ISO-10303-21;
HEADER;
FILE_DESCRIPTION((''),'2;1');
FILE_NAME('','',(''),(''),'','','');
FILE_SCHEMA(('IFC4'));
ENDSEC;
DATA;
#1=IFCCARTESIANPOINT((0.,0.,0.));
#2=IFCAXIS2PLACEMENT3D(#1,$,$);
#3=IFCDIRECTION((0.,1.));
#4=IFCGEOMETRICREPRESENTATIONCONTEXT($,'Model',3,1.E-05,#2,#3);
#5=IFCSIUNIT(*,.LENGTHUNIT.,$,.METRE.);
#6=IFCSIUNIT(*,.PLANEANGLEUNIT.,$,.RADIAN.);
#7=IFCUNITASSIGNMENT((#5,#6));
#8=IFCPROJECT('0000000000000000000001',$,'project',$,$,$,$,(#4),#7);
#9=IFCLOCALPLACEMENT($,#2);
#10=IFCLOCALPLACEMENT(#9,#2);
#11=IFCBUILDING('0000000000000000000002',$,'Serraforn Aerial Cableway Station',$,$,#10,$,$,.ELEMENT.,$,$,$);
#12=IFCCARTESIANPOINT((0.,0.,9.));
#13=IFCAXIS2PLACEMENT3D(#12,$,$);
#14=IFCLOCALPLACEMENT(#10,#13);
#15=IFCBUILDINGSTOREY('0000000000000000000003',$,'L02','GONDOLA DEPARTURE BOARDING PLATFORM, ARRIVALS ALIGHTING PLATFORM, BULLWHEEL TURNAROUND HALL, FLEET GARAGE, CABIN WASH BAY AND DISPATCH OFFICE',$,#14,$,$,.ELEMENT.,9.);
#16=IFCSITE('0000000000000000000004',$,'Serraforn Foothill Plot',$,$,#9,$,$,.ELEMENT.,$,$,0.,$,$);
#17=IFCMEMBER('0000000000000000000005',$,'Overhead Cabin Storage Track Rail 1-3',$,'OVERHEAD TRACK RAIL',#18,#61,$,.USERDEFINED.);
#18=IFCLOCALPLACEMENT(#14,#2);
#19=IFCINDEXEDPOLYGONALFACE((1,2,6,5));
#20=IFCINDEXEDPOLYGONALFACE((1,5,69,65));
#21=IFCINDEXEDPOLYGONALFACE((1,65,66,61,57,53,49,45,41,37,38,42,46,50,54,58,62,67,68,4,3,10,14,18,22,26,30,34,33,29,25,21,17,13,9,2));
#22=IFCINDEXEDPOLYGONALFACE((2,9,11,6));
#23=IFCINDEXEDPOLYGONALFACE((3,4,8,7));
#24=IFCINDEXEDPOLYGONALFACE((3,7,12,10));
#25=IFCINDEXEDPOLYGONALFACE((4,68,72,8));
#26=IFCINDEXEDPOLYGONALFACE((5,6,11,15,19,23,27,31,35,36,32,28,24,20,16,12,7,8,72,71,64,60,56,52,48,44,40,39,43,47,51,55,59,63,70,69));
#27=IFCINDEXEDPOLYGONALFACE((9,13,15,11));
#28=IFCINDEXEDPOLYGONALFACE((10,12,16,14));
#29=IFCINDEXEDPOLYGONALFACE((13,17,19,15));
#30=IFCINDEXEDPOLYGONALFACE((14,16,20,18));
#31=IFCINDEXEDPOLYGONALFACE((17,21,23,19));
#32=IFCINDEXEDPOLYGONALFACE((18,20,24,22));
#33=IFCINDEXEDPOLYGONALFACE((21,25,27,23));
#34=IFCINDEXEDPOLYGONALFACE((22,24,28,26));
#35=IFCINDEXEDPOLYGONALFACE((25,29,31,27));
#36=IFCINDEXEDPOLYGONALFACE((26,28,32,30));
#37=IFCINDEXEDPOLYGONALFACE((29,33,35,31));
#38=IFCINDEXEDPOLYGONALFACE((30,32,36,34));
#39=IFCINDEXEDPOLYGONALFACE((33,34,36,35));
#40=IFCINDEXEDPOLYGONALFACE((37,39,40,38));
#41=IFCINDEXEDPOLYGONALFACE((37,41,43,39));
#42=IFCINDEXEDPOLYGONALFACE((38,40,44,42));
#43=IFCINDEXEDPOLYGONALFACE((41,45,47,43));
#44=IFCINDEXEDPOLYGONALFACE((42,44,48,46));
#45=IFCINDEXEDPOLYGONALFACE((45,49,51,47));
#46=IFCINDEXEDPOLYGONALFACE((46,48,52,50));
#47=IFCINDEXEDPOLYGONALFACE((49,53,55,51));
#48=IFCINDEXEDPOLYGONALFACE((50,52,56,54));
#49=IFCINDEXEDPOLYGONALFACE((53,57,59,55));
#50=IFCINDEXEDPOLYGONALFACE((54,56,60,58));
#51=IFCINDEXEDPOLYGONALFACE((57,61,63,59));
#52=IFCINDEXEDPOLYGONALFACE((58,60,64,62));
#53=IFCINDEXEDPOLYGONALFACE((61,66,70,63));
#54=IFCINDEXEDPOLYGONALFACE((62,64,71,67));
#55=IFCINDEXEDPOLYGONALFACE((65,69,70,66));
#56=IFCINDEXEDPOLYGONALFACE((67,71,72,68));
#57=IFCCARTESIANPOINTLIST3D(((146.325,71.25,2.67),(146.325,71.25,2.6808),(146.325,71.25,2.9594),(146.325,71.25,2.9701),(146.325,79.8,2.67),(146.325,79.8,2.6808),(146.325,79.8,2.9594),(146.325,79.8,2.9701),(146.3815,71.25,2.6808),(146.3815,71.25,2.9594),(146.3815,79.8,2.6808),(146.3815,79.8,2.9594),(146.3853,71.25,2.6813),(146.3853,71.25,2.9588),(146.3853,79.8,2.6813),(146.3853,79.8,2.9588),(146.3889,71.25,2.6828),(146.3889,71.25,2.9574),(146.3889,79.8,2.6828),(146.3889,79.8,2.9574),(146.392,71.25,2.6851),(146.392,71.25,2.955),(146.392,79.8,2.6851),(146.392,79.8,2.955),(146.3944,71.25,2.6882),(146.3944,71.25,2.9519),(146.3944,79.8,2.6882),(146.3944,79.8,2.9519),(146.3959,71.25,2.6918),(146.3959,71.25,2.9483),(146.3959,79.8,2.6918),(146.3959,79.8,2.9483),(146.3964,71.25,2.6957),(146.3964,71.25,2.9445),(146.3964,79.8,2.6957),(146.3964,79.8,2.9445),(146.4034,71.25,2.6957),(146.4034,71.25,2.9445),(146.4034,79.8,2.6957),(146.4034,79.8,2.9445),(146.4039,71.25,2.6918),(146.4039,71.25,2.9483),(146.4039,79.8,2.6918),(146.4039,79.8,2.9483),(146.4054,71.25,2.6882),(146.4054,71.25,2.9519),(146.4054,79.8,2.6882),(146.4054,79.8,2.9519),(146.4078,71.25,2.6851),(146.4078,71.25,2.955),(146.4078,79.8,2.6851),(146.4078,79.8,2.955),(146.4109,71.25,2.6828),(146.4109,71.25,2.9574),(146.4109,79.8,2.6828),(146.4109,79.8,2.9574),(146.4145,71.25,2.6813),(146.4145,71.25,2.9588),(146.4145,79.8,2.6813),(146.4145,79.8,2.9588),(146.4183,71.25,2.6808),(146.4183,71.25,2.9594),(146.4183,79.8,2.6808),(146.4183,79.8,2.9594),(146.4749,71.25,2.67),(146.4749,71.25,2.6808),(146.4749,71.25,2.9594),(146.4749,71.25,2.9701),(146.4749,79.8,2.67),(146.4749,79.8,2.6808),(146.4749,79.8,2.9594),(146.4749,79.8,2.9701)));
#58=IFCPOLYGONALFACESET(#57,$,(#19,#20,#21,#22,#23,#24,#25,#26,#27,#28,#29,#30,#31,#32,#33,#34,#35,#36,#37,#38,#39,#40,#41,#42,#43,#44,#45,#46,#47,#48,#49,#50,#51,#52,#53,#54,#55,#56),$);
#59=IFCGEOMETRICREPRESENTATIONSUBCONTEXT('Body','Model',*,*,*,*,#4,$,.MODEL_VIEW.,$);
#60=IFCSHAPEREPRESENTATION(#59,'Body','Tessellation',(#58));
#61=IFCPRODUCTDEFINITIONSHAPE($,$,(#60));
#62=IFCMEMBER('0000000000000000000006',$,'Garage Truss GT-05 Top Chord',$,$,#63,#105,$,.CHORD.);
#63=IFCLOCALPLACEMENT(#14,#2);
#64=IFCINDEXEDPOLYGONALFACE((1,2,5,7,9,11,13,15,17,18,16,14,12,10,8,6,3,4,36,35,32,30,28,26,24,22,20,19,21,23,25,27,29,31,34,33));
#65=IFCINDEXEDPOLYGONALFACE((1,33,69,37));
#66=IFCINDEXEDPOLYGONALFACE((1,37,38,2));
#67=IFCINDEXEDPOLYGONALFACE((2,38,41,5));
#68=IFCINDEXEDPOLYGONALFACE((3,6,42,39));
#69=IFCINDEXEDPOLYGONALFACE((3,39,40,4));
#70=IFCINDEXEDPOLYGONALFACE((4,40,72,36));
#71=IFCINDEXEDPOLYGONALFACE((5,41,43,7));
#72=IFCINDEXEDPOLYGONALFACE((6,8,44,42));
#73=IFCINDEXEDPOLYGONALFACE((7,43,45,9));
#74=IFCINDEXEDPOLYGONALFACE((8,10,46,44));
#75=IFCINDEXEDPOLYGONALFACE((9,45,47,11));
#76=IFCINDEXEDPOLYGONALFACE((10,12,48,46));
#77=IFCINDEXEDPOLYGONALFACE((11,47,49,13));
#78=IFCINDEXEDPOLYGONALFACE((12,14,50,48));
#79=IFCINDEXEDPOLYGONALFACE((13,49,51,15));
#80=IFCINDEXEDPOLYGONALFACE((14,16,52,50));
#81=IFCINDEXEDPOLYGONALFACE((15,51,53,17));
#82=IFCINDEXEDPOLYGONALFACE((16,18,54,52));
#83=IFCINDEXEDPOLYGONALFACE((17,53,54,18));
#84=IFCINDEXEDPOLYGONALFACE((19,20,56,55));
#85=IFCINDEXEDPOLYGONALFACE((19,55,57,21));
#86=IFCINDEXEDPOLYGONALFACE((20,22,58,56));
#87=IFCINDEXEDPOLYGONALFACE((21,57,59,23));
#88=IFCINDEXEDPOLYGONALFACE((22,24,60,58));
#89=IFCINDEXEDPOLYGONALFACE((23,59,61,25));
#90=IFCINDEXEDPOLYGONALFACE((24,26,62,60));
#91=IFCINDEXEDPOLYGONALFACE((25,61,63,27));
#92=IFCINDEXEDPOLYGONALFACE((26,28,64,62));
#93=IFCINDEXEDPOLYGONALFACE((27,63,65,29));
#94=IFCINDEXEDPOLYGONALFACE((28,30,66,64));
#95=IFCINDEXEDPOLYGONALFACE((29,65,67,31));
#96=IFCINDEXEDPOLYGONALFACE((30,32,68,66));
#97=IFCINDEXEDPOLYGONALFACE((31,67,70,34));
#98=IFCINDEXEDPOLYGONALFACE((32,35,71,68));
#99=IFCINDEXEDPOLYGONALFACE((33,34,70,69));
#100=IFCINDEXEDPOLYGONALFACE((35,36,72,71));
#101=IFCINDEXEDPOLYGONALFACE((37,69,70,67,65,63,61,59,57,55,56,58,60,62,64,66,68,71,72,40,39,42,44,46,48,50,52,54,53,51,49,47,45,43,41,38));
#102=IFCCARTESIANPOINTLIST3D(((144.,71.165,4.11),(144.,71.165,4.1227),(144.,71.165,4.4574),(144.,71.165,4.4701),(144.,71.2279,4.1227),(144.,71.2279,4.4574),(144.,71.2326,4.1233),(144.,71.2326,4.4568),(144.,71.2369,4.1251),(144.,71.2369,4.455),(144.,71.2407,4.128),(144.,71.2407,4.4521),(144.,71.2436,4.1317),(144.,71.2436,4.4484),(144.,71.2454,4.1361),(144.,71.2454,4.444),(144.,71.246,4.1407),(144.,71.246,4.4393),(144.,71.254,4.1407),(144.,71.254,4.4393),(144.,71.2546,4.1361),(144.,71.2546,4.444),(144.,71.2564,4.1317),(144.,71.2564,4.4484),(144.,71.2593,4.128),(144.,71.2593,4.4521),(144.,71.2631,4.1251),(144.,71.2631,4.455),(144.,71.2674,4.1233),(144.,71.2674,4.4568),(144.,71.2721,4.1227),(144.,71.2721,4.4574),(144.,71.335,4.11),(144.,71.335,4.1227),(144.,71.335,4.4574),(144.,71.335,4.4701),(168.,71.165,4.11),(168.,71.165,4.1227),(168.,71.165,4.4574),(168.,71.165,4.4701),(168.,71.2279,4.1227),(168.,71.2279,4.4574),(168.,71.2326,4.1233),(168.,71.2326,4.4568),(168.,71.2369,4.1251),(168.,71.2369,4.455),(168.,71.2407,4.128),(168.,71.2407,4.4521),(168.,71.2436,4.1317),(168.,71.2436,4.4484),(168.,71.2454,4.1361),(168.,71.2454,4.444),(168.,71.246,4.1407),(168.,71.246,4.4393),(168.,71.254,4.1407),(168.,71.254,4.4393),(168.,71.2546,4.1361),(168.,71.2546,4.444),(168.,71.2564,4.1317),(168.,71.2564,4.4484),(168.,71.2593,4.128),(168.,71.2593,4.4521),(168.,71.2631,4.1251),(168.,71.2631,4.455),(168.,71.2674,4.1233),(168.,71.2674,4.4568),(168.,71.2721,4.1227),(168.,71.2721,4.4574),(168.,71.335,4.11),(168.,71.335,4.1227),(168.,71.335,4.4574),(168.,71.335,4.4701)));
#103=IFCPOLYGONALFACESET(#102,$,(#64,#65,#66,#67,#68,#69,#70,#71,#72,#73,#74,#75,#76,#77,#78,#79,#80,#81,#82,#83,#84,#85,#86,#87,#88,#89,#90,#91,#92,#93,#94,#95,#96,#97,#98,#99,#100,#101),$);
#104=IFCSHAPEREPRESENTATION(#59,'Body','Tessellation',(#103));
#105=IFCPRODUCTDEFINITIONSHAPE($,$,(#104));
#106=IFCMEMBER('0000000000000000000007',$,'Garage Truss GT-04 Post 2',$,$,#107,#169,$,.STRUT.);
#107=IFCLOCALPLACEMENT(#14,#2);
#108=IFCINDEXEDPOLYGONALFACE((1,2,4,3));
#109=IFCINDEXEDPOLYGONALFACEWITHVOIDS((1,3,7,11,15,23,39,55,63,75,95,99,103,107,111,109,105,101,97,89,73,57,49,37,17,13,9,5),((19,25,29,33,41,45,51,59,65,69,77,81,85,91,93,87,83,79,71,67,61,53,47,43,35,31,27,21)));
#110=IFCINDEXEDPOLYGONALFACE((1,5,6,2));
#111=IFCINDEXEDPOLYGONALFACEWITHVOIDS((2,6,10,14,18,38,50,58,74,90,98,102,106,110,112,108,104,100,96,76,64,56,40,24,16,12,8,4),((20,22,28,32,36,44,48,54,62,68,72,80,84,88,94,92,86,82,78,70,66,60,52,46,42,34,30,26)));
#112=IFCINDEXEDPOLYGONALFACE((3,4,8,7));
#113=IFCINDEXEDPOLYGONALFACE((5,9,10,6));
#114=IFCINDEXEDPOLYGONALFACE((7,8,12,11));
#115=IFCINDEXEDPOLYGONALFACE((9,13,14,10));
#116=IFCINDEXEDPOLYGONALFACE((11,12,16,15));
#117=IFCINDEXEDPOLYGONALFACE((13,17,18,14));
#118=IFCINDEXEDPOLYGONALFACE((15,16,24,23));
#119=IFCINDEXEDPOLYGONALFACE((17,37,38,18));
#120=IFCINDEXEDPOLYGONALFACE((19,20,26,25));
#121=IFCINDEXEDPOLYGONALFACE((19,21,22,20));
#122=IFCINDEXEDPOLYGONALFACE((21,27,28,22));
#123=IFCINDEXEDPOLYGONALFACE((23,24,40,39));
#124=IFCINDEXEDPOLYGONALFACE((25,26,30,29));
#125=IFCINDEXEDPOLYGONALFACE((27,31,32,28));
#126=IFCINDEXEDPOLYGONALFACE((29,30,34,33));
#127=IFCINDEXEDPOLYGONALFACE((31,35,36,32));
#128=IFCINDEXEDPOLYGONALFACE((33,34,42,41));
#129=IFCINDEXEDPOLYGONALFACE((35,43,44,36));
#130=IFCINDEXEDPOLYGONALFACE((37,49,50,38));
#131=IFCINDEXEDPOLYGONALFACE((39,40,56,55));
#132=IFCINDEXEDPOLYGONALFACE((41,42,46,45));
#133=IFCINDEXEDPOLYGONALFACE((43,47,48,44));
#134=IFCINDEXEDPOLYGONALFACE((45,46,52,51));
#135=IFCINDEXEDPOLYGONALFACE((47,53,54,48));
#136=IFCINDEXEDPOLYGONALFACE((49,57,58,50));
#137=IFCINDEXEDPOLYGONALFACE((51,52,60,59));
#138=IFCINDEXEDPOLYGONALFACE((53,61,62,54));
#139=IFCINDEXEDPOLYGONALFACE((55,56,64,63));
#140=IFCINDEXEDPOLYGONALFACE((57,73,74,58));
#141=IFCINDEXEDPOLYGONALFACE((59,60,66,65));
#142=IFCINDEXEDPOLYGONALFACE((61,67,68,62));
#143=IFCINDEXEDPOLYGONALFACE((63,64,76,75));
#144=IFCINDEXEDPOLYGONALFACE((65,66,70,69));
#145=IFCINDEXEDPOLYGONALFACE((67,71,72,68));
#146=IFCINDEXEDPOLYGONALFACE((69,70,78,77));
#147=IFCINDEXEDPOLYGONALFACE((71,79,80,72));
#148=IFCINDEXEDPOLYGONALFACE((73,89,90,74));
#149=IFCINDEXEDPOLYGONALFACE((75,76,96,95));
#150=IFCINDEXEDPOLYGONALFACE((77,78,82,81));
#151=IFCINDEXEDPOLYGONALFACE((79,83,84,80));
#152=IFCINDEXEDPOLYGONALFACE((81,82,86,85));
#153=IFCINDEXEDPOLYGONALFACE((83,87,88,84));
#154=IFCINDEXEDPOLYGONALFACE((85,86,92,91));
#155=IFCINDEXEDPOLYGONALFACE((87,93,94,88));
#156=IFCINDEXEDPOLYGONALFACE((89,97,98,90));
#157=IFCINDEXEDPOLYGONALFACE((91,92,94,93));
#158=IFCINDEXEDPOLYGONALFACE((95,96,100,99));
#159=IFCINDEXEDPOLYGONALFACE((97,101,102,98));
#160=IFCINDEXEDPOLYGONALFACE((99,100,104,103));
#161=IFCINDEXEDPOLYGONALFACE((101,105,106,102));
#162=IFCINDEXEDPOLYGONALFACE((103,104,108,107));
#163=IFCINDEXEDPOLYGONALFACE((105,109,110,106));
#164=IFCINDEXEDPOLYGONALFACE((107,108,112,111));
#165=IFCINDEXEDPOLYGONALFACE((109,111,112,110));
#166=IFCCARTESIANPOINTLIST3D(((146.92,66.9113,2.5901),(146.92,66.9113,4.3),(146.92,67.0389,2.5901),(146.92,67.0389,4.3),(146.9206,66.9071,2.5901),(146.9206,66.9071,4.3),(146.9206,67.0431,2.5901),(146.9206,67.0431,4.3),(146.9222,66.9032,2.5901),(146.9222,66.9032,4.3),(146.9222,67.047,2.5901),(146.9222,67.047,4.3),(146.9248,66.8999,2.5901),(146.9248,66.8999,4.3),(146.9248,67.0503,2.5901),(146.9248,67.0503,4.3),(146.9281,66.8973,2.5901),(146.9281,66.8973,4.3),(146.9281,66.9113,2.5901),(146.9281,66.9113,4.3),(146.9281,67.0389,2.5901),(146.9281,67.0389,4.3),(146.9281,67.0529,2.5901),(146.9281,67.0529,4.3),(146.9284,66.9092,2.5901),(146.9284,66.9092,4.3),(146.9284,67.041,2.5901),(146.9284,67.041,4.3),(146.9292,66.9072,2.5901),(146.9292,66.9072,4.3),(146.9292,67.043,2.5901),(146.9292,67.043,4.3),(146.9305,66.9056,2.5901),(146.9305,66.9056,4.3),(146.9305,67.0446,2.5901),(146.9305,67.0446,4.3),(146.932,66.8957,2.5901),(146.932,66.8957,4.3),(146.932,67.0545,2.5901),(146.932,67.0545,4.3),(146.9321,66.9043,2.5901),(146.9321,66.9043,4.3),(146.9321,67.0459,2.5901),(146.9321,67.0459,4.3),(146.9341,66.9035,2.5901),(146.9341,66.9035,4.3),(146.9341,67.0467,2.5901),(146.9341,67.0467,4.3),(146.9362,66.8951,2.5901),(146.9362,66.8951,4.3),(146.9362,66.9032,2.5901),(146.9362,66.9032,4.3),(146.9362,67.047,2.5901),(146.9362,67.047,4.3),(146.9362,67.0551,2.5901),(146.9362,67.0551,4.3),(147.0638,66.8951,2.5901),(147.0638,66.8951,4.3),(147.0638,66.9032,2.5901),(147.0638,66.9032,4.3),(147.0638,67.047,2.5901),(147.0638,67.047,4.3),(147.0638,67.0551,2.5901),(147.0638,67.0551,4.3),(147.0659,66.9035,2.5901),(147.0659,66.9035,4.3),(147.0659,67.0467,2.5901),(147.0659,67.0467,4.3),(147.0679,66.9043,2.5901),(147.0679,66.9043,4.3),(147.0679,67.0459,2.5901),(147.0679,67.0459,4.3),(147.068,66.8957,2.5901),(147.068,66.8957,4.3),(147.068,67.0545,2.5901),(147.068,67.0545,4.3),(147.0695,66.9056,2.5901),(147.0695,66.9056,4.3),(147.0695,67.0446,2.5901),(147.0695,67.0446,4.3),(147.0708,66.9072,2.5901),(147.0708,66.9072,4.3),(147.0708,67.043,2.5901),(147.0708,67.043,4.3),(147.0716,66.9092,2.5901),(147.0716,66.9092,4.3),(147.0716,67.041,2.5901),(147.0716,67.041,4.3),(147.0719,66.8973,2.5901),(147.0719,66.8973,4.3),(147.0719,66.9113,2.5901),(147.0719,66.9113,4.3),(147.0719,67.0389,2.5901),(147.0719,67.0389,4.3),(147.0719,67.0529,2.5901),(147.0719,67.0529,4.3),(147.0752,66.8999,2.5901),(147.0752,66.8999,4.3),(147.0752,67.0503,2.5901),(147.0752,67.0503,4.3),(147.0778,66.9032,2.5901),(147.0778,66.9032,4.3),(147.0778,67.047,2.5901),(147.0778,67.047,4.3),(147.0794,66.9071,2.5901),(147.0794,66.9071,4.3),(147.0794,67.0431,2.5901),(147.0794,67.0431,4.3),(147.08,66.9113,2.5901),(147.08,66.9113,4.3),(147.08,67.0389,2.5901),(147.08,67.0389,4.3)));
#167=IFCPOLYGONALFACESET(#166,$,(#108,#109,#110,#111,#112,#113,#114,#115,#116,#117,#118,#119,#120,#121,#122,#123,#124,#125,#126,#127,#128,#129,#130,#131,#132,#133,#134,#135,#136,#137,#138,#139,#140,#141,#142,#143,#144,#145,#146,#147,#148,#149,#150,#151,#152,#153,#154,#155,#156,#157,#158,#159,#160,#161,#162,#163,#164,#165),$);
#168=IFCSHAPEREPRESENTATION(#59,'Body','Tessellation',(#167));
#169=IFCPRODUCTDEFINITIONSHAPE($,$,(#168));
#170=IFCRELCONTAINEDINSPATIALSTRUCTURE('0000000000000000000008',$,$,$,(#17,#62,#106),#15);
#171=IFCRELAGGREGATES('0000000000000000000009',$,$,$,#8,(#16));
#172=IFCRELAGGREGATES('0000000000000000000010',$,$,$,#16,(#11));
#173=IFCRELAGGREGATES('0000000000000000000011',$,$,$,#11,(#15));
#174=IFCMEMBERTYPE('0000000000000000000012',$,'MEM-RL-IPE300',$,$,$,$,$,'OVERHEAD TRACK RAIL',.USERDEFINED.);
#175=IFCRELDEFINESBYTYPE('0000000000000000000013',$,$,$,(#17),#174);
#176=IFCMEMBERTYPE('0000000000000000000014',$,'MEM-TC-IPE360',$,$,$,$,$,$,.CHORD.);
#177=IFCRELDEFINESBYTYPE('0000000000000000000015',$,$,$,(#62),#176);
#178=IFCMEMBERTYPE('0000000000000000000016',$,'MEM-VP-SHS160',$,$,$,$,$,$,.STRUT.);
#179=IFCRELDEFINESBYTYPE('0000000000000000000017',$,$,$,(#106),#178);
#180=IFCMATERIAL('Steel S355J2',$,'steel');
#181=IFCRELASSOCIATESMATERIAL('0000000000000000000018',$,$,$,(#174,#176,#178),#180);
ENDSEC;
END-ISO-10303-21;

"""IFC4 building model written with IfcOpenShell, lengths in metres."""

from ifc_helpers import new_model, si_unit, direction, frame, origin, origin_2d, place, context, subcontext, project, spatial, hollow_rectangle, i_section, extrude, material, material_profile, profile_set, type_object, element, save


model = new_model("IFC4")

# Units and contexts
model_context = context("Model", 3, precision=1e-05, world=origin(), true_north=direction((0.0, 1.0)))
body_context = subcontext(model_context, "Body", "Model", "MODEL_VIEW")
ifc_project = project(units=[si_unit("LENGTHUNIT", "METRE"), si_unit("PLANEANGLEUNIT", "RADIAN")], contexts=[model_context])

# Site, building, storey
site_placement = place(None, origin())
site = spatial("IfcSite", under=ifc_project, at=site_placement, Name="Serraforn Foothill Plot", CompositionType="ELEMENT", RefElevation=0.0)
building_placement = place(site_placement, origin())
building = spatial("IfcBuilding", under=site, at=building_placement, Name="Serraforn Aerial Cableway Station", CompositionType="ELEMENT")
storey_placement = place(building_placement, frame((0.0, 0.0, 9.0)))
storey = spatial("IfcBuildingStorey", under=building, at=storey_placement, Name="L02", Description="GONDOLA DEPARTURE BOARDING PLATFORM, ARRIVALS ALIGHTING PLATFORM, BULLWHEEL TURNAROUND HALL, FLEET GARAGE, CABIN WASH BAY AND DISPATCH OFFICE", CompositionType="ELEMENT", Elevation=9.0)

# Shared definitions
ifc_material_1 = material(Name="Steel S355J2", Category="steel")

# Members
ifc_material_profile_1 = material_profile(ifc_material_1, i_section(OverallWidth=0.1499, OverallDepth=0.3, WebThickness=0.0071, FlangeThickness=0.0107, FilletRadius=0.0149, at=origin_2d()), Name="IPE 300")
ifc_profile_set_1 = profile_set([ifc_material_profile_1], Name="Steel S355J2")
member_type_1 = type_object("IfcMemberType", Name="MEM-RL-IPE300", ElementType="OVERHEAD TRACK RAIL", PredefinedType="USERDEFINED", material=ifc_profile_set_1)
member_1_placement = place(storey_placement, frame((146.3999, 71.25, 2.8201), z_axis=(0.0, 1.0, 0.0), x_axis=(-1.0, 0.0, 0.0)))
element("IfcMember", 1, at=member_1_placement, inside=storey, type_object=member_type_1, Name="Overhead Cabin Storage Track Rail 1-3", ObjectType="OVERHEAD TRACK RAIL", PredefinedType="USERDEFINED", context=body_context, shape_type="SweptSolid", body=[
    extrude(i_section(OverallWidth=0.1499, OverallDepth=0.3, WebThickness=0.0071, FlangeThickness=0.0107, FilletRadius=0.0149, at=origin_2d()), origin(), (0.0, 0.0, 1.0), 8.55),
])
ifc_material_profile_2 = material_profile(ifc_material_1, i_section(OverallWidth=0.1699, OverallDepth=0.3601, WebThickness=0.0081, FlangeThickness=0.0127, FilletRadius=0.0181, at=origin_2d()), Name="IPE 360")
ifc_profile_set_2 = profile_set([ifc_material_profile_2], Name="Steel S355J2")
member_type_2 = type_object("IfcMemberType", Name="MEM-TC-IPE360", PredefinedType="CHORD", material=ifc_profile_set_2)
member_2_placement = place(storey_placement, frame((144.0, 71.25, 4.29), z_axis=(1.0, 0.0, 0.0), x_axis=(0.0, 1.0, 0.0)))
element("IfcMember", 2, at=member_2_placement, inside=storey, type_object=member_type_2, Name="Garage Truss GT-05 Top Chord", PredefinedType="CHORD", context=body_context, shape_type="SweptSolid", body=[
    extrude(i_section(OverallWidth=0.1699, OverallDepth=0.3601, WebThickness=0.0081, FlangeThickness=0.0127, FilletRadius=0.0181, at=origin_2d()), origin(), (0.0, 0.0, 1.0), 24.0),
])
ifc_material_profile_3 = material_profile(ifc_material_1, hollow_rectangle(XDim=0.1599, YDim=0.1599, WallThickness=0.0081, InnerFilletRadius=0.0081, OuterFilletRadius=0.0161, at=origin_2d()), Name="SHS 160x160x8.0")
ifc_profile_set_3 = profile_set([ifc_material_profile_3], Name="Steel S355J2")
member_type_3 = type_object("IfcMemberType", Name="MEM-VP-SHS160", PredefinedType="STRUT", material=ifc_profile_set_3)
for number, where, z_axis, x_axis, name in (
    (3, (147.0, 66.9751, 2.5901), (0.0, 0.0, 1.0), (1.0, 0.0, 0.0), "Garage Truss GT-04 Post 2"),
):
    element("IfcMember", number, at=place(storey_placement, frame(where, z_axis=z_axis, x_axis=x_axis)), inside=storey, type_object=member_type_3, Name=name, PredefinedType="STRUT", context=body_context, shape_type="SweptSolid", body=[
        extrude(hollow_rectangle(XDim=0.1599, YDim=0.1599, WallThickness=0.0081, InnerFilletRadius=0.0081, OuterFilletRadius=0.0161, at=origin_2d()), origin(), (0.0, 0.0, 1.0), 1.71),
    ])

save(model, "model.ifc")
